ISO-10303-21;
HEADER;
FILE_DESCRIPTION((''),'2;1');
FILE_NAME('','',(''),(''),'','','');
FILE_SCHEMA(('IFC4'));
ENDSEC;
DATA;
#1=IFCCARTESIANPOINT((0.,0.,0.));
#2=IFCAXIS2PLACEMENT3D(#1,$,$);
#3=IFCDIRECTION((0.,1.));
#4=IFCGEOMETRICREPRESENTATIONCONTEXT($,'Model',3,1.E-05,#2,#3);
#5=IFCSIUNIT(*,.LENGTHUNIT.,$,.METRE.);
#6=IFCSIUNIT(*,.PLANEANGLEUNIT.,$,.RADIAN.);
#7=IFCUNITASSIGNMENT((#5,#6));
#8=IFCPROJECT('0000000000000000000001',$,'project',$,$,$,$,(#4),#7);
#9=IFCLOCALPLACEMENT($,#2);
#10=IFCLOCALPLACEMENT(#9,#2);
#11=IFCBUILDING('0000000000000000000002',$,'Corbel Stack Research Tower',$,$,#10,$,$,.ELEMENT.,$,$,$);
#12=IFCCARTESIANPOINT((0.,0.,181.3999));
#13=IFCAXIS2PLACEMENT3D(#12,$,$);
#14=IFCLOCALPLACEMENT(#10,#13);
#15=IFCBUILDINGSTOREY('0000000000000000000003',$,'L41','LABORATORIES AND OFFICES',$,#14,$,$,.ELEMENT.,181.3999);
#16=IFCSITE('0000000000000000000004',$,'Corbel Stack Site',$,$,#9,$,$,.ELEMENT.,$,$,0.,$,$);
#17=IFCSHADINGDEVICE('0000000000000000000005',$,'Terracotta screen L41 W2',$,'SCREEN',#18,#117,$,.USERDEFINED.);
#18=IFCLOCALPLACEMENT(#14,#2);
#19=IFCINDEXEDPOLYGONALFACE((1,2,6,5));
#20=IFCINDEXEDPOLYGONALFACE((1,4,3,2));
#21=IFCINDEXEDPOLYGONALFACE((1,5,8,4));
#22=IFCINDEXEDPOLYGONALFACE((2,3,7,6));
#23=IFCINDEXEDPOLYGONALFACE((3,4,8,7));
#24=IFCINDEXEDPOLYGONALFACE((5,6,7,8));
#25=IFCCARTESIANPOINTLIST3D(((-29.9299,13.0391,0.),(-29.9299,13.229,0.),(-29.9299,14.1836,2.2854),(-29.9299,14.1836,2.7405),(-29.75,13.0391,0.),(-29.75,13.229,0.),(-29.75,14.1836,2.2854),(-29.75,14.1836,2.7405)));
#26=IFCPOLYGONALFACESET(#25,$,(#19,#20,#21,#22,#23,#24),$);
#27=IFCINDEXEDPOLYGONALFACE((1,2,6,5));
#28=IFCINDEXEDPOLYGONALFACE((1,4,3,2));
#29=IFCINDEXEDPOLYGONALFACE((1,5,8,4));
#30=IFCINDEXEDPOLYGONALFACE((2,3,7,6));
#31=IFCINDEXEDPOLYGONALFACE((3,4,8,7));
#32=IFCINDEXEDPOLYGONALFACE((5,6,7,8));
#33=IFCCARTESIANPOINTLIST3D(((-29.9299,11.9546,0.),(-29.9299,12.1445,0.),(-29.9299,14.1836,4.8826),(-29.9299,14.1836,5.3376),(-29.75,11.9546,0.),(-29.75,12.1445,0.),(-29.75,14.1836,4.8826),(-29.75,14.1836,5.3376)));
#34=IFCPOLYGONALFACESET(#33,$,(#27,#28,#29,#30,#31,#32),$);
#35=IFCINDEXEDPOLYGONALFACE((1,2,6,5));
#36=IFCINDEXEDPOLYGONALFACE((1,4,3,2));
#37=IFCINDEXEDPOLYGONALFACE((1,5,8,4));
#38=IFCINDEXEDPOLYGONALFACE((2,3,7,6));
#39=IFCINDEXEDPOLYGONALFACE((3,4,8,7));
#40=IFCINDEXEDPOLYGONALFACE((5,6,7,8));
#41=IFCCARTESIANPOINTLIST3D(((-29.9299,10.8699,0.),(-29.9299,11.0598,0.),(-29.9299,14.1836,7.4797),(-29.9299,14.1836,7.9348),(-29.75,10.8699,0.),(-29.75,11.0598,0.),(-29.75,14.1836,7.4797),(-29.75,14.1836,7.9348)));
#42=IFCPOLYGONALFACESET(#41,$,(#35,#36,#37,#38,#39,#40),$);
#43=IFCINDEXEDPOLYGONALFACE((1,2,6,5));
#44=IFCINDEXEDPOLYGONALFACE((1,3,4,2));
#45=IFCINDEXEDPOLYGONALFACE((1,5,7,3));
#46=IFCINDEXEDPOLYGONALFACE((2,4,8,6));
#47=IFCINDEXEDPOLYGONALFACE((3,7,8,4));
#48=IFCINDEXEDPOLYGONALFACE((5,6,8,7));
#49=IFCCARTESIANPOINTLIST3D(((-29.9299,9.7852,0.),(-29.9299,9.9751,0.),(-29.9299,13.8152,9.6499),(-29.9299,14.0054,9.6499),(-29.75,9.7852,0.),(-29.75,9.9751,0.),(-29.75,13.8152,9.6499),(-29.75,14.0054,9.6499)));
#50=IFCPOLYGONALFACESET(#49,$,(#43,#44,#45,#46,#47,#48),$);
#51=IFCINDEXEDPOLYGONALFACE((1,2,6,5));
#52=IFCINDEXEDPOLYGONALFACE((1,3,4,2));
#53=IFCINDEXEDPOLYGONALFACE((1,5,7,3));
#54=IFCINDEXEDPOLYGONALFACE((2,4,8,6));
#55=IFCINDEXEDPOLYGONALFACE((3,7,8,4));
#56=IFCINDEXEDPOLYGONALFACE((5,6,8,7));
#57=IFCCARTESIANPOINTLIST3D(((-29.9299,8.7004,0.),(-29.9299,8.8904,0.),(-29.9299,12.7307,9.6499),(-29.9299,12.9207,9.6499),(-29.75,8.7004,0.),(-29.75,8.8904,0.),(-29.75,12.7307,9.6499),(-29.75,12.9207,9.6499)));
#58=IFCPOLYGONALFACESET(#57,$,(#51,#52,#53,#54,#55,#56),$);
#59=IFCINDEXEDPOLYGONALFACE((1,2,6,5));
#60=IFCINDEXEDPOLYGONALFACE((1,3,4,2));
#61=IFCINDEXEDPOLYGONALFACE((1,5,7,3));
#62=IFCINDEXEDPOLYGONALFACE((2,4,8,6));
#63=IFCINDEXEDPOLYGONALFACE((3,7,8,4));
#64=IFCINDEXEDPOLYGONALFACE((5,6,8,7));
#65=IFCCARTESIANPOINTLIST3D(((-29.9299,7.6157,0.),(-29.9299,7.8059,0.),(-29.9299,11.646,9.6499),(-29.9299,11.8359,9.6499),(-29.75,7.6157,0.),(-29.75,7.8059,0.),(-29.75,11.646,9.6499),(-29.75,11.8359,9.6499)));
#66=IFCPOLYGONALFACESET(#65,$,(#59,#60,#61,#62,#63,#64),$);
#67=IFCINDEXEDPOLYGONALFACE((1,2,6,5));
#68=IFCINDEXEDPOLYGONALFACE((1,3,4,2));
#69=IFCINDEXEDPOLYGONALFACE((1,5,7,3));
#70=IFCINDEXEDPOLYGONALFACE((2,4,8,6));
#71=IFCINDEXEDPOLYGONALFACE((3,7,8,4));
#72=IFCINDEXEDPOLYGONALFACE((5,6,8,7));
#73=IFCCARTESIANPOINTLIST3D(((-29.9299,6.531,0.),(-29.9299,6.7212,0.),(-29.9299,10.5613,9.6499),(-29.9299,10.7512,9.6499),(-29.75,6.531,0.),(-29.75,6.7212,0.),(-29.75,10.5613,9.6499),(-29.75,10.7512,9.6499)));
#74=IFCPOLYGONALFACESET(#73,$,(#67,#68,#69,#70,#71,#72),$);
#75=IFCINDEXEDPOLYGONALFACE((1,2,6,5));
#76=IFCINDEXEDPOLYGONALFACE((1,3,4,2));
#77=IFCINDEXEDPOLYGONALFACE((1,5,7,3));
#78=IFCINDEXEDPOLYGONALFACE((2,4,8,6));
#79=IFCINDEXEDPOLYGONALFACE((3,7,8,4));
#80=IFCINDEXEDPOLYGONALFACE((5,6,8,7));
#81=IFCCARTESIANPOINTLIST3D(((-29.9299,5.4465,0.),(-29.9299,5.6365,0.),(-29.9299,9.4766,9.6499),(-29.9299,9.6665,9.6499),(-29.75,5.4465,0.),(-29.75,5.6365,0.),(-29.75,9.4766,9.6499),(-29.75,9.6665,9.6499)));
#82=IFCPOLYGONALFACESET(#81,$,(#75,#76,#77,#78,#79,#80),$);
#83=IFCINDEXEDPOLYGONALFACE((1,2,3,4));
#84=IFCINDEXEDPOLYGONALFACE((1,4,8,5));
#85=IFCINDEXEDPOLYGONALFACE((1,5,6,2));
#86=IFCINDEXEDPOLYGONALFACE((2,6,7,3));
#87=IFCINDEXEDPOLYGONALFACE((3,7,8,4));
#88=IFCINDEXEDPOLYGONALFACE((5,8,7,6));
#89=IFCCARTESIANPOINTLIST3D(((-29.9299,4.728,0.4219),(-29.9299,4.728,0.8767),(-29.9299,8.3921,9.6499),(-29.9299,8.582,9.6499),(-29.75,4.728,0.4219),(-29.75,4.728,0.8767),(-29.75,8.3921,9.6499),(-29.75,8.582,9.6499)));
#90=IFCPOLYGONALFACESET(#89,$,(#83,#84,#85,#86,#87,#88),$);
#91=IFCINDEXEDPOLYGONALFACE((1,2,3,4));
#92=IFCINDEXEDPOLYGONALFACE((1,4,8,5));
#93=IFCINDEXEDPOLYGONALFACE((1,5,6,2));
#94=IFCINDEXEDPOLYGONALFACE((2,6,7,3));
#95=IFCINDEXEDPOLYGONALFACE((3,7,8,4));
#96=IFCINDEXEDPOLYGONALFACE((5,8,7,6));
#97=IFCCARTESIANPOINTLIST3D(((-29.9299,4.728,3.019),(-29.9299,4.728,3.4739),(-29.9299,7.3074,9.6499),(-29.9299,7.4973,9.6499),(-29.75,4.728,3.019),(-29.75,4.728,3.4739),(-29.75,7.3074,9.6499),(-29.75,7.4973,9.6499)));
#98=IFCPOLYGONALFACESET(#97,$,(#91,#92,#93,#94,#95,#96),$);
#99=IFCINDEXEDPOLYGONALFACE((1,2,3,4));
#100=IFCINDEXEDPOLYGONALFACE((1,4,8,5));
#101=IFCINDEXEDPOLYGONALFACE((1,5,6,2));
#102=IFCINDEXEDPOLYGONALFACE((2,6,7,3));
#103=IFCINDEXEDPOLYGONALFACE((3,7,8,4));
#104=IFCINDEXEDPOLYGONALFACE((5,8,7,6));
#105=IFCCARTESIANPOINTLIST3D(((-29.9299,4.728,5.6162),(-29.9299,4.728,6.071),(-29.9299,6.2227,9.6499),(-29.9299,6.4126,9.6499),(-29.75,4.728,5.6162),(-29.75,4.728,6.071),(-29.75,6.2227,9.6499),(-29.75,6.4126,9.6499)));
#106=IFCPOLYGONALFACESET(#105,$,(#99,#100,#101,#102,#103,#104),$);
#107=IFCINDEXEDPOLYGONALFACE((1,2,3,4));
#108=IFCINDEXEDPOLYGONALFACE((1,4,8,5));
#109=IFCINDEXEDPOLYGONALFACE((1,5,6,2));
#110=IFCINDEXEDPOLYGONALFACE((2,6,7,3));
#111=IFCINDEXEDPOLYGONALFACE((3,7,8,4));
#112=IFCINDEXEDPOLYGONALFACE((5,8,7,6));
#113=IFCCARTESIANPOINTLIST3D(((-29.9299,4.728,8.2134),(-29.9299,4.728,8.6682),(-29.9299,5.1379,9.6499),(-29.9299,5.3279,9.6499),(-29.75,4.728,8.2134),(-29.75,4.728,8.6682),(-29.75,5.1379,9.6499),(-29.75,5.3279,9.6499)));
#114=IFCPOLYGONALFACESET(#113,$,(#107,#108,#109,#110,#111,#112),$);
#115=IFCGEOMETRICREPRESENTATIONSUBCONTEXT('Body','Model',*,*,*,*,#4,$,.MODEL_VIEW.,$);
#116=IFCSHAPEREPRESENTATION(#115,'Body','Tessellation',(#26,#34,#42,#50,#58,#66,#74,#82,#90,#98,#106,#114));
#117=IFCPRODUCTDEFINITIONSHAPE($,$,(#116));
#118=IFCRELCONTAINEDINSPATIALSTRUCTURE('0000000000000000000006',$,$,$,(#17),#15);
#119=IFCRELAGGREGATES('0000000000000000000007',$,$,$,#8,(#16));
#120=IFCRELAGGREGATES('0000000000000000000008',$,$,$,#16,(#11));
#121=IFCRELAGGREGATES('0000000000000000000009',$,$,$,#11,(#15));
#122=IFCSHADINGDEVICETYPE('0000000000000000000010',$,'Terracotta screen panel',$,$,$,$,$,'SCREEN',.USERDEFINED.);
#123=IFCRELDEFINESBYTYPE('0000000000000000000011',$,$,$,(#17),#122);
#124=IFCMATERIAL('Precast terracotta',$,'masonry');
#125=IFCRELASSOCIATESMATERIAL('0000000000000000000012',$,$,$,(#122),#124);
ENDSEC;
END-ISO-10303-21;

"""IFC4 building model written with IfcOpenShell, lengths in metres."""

from ifc_helpers import new_model, si_unit, direction, frame, origin, place, context, subcontext, project, spatial, polyline, outline, extrude, source, transform, mapped, material, type_object, element, save


model = new_model("IFC4")

# Units and contexts
model_context = context("Model", 3, precision=1e-05, world=origin(), true_north=direction((0.0, 1.0)))
body_context = subcontext(model_context, "Body", "Model", "MODEL_VIEW")
ifc_project = project(units=[si_unit("LENGTHUNIT", "METRE"), si_unit("PLANEANGLEUNIT", "RADIAN")], contexts=[model_context])

# Site, building, storey
site_placement = place(None, origin())
site = spatial("IfcSite", under=ifc_project, at=site_placement, Name="Corbel Stack Site", CompositionType="ELEMENT", RefElevation=0.0)
building_placement = place(site_placement, origin())
building = spatial("IfcBuilding", under=site, at=building_placement, Name="Corbel Stack Research Tower", CompositionType="ELEMENT")
storey_placement = place(building_placement, frame((0.0, 0.0, 181.3999)))
storey = spatial("IfcBuildingStorey", under=building, at=storey_placement, Name="L41", Description="LABORATORIES AND OFFICES", CompositionType="ELEMENT", Elevation=181.3999)

# Shading device
ifc_material_1 = material(Name="Precast terracotta", Category="masonry")
shading_device_type = type_object("IfcShadingDeviceType", Name="Terracotta screen panel", ElementType="SCREEN", PredefinedType="USERDEFINED", material=ifc_material_1)
shared_shape_1 = source(origin(), body_context, "Body", "SweptSolid", [
    extrude(outline(polyline([(1.1445, 0.0), (0.0, 2.7405), (0.0, 2.2854), (0.9546, 0.0), (1.1445, 0.0)])), frame((0.0, 0.0, 0.0), z_axis=(0.0, -1.0, 0.0), x_axis=(1.0, 0.0, 0.0)), (0.0, 0.0, 1.0), 0.1799),
    extrude(outline(polyline([(2.229, 0.0), (0.0, 5.3376), (0.0, 4.8826), (2.0391, 0.0), (2.229, 0.0)])), frame((0.0, 0.0, 0.0), z_axis=(0.0, -1.0, 0.0), x_axis=(1.0, 0.0, 0.0)), (0.0, 0.0, 1.0), 0.1799),
    extrude(outline(polyline([(3.3137, 0.0), (0.0, 7.9348), (0.0, 7.4797), (3.1238, 0.0), (3.3137, 0.0)])), frame((0.0, 0.0, 0.0), z_axis=(0.0, -1.0, 0.0), x_axis=(1.0, 0.0, 0.0)), (0.0, 0.0, 1.0), 0.1799),
    extrude(outline(polyline([(4.3984, 0.0), (0.3684, 9.6499), (0.1782, 9.6499), (4.2085, 0.0), (4.3984, 0.0)])), frame((0.0, 0.0, 0.0), z_axis=(0.0, -1.0, 0.0), x_axis=(1.0, 0.0, 0.0)), (0.0, 0.0, 1.0), 0.1799),
    extrude(outline(polyline([(5.4832, 0.0), (1.4529, 9.6499), (1.2629, 9.6499), (5.2932, 0.0), (5.4832, 0.0)])), frame((0.0, 0.0, 0.0), z_axis=(0.0, -1.0, 0.0), x_axis=(1.0, 0.0, 0.0)), (0.0, 0.0, 1.0), 0.1799),
    extrude(outline(polyline([(6.5679, 0.0), (2.5376, 9.6499), (2.3477, 9.6499), (6.3777, 0.0), (6.5679, 0.0)])), frame((0.0, 0.0, 0.0), z_axis=(0.0, -1.0, 0.0), x_axis=(1.0, 0.0, 0.0)), (0.0, 0.0, 1.0), 0.1799),
    extrude(outline(polyline([(7.6526, 0.0), (3.6223, 9.6499), (3.4324, 9.6499), (7.4624, 0.0), (7.6526, 0.0)])), frame((0.0, 0.0, 0.0), z_axis=(0.0, -1.0, 0.0), x_axis=(1.0, 0.0, 0.0)), (0.0, 0.0, 1.0), 0.1799),
    extrude(outline(polyline([(8.7371, 0.0), (4.707, 9.6499), (4.5171, 9.6499), (8.5471, 0.0), (8.7371, 0.0)])), frame((0.0, 0.0, 0.0), z_axis=(0.0, -1.0, 0.0), x_axis=(1.0, 0.0, 0.0)), (0.0, 0.0, 1.0), 0.1799),
    extrude(outline(polyline([(5.7915, 9.6499), (5.6016, 9.6499), (9.4556, 0.4219), (9.4556, 0.8767), (5.7915, 9.6499)])), frame((0.0, 0.0, 0.0), z_axis=(0.0, -1.0, 0.0), x_axis=(1.0, 0.0, 0.0)), (0.0, 0.0, 1.0), 0.1799),
    extrude(outline(polyline([(6.8762, 9.6499), (6.6863, 9.6499), (9.4556, 3.019), (9.4556, 3.4739), (6.8762, 9.6499)])), frame((0.0, 0.0, 0.0), z_axis=(0.0, -1.0, 0.0), x_axis=(1.0, 0.0, 0.0)), (0.0, 0.0, 1.0), 0.1799),
    extrude(outline(polyline([(7.9609, 9.6499), (7.771, 9.6499), (9.4556, 5.6162), (9.4556, 6.071), (7.9609, 9.6499)])), frame((0.0, 0.0, 0.0), z_axis=(0.0, -1.0, 0.0), x_axis=(1.0, 0.0, 0.0)), (0.0, 0.0, 1.0), 0.1799),
    extrude(outline(polyline([(9.0457, 9.6499), (8.8557, 9.6499), (9.4556, 8.2134), (9.4556, 8.6682), (9.0457, 9.6499)])), frame((0.0, 0.0, 0.0), z_axis=(0.0, -1.0, 0.0), x_axis=(1.0, 0.0, 0.0)), (0.0, 0.0, 1.0), 0.1799),
])
shading_device_1_placement = place(storey_placement, frame((-29.75, 14.1836, 0.0), z_axis=(0.0, 0.0, 1.0), x_axis=(0.0, -1.0, 0.0)))
element("IfcShadingDevice", 1, at=shading_device_1_placement, inside=storey, type_object=shading_device_type, Name="Terracotta screen L41 W2", ObjectType="SCREEN", PredefinedType="USERDEFINED", context=body_context, shape_type="MappedRepresentation", body=[
    mapped(shared_shape_1, transform((0.0, 0.0, 0.0))),
])

save(model, "model.ifc")
